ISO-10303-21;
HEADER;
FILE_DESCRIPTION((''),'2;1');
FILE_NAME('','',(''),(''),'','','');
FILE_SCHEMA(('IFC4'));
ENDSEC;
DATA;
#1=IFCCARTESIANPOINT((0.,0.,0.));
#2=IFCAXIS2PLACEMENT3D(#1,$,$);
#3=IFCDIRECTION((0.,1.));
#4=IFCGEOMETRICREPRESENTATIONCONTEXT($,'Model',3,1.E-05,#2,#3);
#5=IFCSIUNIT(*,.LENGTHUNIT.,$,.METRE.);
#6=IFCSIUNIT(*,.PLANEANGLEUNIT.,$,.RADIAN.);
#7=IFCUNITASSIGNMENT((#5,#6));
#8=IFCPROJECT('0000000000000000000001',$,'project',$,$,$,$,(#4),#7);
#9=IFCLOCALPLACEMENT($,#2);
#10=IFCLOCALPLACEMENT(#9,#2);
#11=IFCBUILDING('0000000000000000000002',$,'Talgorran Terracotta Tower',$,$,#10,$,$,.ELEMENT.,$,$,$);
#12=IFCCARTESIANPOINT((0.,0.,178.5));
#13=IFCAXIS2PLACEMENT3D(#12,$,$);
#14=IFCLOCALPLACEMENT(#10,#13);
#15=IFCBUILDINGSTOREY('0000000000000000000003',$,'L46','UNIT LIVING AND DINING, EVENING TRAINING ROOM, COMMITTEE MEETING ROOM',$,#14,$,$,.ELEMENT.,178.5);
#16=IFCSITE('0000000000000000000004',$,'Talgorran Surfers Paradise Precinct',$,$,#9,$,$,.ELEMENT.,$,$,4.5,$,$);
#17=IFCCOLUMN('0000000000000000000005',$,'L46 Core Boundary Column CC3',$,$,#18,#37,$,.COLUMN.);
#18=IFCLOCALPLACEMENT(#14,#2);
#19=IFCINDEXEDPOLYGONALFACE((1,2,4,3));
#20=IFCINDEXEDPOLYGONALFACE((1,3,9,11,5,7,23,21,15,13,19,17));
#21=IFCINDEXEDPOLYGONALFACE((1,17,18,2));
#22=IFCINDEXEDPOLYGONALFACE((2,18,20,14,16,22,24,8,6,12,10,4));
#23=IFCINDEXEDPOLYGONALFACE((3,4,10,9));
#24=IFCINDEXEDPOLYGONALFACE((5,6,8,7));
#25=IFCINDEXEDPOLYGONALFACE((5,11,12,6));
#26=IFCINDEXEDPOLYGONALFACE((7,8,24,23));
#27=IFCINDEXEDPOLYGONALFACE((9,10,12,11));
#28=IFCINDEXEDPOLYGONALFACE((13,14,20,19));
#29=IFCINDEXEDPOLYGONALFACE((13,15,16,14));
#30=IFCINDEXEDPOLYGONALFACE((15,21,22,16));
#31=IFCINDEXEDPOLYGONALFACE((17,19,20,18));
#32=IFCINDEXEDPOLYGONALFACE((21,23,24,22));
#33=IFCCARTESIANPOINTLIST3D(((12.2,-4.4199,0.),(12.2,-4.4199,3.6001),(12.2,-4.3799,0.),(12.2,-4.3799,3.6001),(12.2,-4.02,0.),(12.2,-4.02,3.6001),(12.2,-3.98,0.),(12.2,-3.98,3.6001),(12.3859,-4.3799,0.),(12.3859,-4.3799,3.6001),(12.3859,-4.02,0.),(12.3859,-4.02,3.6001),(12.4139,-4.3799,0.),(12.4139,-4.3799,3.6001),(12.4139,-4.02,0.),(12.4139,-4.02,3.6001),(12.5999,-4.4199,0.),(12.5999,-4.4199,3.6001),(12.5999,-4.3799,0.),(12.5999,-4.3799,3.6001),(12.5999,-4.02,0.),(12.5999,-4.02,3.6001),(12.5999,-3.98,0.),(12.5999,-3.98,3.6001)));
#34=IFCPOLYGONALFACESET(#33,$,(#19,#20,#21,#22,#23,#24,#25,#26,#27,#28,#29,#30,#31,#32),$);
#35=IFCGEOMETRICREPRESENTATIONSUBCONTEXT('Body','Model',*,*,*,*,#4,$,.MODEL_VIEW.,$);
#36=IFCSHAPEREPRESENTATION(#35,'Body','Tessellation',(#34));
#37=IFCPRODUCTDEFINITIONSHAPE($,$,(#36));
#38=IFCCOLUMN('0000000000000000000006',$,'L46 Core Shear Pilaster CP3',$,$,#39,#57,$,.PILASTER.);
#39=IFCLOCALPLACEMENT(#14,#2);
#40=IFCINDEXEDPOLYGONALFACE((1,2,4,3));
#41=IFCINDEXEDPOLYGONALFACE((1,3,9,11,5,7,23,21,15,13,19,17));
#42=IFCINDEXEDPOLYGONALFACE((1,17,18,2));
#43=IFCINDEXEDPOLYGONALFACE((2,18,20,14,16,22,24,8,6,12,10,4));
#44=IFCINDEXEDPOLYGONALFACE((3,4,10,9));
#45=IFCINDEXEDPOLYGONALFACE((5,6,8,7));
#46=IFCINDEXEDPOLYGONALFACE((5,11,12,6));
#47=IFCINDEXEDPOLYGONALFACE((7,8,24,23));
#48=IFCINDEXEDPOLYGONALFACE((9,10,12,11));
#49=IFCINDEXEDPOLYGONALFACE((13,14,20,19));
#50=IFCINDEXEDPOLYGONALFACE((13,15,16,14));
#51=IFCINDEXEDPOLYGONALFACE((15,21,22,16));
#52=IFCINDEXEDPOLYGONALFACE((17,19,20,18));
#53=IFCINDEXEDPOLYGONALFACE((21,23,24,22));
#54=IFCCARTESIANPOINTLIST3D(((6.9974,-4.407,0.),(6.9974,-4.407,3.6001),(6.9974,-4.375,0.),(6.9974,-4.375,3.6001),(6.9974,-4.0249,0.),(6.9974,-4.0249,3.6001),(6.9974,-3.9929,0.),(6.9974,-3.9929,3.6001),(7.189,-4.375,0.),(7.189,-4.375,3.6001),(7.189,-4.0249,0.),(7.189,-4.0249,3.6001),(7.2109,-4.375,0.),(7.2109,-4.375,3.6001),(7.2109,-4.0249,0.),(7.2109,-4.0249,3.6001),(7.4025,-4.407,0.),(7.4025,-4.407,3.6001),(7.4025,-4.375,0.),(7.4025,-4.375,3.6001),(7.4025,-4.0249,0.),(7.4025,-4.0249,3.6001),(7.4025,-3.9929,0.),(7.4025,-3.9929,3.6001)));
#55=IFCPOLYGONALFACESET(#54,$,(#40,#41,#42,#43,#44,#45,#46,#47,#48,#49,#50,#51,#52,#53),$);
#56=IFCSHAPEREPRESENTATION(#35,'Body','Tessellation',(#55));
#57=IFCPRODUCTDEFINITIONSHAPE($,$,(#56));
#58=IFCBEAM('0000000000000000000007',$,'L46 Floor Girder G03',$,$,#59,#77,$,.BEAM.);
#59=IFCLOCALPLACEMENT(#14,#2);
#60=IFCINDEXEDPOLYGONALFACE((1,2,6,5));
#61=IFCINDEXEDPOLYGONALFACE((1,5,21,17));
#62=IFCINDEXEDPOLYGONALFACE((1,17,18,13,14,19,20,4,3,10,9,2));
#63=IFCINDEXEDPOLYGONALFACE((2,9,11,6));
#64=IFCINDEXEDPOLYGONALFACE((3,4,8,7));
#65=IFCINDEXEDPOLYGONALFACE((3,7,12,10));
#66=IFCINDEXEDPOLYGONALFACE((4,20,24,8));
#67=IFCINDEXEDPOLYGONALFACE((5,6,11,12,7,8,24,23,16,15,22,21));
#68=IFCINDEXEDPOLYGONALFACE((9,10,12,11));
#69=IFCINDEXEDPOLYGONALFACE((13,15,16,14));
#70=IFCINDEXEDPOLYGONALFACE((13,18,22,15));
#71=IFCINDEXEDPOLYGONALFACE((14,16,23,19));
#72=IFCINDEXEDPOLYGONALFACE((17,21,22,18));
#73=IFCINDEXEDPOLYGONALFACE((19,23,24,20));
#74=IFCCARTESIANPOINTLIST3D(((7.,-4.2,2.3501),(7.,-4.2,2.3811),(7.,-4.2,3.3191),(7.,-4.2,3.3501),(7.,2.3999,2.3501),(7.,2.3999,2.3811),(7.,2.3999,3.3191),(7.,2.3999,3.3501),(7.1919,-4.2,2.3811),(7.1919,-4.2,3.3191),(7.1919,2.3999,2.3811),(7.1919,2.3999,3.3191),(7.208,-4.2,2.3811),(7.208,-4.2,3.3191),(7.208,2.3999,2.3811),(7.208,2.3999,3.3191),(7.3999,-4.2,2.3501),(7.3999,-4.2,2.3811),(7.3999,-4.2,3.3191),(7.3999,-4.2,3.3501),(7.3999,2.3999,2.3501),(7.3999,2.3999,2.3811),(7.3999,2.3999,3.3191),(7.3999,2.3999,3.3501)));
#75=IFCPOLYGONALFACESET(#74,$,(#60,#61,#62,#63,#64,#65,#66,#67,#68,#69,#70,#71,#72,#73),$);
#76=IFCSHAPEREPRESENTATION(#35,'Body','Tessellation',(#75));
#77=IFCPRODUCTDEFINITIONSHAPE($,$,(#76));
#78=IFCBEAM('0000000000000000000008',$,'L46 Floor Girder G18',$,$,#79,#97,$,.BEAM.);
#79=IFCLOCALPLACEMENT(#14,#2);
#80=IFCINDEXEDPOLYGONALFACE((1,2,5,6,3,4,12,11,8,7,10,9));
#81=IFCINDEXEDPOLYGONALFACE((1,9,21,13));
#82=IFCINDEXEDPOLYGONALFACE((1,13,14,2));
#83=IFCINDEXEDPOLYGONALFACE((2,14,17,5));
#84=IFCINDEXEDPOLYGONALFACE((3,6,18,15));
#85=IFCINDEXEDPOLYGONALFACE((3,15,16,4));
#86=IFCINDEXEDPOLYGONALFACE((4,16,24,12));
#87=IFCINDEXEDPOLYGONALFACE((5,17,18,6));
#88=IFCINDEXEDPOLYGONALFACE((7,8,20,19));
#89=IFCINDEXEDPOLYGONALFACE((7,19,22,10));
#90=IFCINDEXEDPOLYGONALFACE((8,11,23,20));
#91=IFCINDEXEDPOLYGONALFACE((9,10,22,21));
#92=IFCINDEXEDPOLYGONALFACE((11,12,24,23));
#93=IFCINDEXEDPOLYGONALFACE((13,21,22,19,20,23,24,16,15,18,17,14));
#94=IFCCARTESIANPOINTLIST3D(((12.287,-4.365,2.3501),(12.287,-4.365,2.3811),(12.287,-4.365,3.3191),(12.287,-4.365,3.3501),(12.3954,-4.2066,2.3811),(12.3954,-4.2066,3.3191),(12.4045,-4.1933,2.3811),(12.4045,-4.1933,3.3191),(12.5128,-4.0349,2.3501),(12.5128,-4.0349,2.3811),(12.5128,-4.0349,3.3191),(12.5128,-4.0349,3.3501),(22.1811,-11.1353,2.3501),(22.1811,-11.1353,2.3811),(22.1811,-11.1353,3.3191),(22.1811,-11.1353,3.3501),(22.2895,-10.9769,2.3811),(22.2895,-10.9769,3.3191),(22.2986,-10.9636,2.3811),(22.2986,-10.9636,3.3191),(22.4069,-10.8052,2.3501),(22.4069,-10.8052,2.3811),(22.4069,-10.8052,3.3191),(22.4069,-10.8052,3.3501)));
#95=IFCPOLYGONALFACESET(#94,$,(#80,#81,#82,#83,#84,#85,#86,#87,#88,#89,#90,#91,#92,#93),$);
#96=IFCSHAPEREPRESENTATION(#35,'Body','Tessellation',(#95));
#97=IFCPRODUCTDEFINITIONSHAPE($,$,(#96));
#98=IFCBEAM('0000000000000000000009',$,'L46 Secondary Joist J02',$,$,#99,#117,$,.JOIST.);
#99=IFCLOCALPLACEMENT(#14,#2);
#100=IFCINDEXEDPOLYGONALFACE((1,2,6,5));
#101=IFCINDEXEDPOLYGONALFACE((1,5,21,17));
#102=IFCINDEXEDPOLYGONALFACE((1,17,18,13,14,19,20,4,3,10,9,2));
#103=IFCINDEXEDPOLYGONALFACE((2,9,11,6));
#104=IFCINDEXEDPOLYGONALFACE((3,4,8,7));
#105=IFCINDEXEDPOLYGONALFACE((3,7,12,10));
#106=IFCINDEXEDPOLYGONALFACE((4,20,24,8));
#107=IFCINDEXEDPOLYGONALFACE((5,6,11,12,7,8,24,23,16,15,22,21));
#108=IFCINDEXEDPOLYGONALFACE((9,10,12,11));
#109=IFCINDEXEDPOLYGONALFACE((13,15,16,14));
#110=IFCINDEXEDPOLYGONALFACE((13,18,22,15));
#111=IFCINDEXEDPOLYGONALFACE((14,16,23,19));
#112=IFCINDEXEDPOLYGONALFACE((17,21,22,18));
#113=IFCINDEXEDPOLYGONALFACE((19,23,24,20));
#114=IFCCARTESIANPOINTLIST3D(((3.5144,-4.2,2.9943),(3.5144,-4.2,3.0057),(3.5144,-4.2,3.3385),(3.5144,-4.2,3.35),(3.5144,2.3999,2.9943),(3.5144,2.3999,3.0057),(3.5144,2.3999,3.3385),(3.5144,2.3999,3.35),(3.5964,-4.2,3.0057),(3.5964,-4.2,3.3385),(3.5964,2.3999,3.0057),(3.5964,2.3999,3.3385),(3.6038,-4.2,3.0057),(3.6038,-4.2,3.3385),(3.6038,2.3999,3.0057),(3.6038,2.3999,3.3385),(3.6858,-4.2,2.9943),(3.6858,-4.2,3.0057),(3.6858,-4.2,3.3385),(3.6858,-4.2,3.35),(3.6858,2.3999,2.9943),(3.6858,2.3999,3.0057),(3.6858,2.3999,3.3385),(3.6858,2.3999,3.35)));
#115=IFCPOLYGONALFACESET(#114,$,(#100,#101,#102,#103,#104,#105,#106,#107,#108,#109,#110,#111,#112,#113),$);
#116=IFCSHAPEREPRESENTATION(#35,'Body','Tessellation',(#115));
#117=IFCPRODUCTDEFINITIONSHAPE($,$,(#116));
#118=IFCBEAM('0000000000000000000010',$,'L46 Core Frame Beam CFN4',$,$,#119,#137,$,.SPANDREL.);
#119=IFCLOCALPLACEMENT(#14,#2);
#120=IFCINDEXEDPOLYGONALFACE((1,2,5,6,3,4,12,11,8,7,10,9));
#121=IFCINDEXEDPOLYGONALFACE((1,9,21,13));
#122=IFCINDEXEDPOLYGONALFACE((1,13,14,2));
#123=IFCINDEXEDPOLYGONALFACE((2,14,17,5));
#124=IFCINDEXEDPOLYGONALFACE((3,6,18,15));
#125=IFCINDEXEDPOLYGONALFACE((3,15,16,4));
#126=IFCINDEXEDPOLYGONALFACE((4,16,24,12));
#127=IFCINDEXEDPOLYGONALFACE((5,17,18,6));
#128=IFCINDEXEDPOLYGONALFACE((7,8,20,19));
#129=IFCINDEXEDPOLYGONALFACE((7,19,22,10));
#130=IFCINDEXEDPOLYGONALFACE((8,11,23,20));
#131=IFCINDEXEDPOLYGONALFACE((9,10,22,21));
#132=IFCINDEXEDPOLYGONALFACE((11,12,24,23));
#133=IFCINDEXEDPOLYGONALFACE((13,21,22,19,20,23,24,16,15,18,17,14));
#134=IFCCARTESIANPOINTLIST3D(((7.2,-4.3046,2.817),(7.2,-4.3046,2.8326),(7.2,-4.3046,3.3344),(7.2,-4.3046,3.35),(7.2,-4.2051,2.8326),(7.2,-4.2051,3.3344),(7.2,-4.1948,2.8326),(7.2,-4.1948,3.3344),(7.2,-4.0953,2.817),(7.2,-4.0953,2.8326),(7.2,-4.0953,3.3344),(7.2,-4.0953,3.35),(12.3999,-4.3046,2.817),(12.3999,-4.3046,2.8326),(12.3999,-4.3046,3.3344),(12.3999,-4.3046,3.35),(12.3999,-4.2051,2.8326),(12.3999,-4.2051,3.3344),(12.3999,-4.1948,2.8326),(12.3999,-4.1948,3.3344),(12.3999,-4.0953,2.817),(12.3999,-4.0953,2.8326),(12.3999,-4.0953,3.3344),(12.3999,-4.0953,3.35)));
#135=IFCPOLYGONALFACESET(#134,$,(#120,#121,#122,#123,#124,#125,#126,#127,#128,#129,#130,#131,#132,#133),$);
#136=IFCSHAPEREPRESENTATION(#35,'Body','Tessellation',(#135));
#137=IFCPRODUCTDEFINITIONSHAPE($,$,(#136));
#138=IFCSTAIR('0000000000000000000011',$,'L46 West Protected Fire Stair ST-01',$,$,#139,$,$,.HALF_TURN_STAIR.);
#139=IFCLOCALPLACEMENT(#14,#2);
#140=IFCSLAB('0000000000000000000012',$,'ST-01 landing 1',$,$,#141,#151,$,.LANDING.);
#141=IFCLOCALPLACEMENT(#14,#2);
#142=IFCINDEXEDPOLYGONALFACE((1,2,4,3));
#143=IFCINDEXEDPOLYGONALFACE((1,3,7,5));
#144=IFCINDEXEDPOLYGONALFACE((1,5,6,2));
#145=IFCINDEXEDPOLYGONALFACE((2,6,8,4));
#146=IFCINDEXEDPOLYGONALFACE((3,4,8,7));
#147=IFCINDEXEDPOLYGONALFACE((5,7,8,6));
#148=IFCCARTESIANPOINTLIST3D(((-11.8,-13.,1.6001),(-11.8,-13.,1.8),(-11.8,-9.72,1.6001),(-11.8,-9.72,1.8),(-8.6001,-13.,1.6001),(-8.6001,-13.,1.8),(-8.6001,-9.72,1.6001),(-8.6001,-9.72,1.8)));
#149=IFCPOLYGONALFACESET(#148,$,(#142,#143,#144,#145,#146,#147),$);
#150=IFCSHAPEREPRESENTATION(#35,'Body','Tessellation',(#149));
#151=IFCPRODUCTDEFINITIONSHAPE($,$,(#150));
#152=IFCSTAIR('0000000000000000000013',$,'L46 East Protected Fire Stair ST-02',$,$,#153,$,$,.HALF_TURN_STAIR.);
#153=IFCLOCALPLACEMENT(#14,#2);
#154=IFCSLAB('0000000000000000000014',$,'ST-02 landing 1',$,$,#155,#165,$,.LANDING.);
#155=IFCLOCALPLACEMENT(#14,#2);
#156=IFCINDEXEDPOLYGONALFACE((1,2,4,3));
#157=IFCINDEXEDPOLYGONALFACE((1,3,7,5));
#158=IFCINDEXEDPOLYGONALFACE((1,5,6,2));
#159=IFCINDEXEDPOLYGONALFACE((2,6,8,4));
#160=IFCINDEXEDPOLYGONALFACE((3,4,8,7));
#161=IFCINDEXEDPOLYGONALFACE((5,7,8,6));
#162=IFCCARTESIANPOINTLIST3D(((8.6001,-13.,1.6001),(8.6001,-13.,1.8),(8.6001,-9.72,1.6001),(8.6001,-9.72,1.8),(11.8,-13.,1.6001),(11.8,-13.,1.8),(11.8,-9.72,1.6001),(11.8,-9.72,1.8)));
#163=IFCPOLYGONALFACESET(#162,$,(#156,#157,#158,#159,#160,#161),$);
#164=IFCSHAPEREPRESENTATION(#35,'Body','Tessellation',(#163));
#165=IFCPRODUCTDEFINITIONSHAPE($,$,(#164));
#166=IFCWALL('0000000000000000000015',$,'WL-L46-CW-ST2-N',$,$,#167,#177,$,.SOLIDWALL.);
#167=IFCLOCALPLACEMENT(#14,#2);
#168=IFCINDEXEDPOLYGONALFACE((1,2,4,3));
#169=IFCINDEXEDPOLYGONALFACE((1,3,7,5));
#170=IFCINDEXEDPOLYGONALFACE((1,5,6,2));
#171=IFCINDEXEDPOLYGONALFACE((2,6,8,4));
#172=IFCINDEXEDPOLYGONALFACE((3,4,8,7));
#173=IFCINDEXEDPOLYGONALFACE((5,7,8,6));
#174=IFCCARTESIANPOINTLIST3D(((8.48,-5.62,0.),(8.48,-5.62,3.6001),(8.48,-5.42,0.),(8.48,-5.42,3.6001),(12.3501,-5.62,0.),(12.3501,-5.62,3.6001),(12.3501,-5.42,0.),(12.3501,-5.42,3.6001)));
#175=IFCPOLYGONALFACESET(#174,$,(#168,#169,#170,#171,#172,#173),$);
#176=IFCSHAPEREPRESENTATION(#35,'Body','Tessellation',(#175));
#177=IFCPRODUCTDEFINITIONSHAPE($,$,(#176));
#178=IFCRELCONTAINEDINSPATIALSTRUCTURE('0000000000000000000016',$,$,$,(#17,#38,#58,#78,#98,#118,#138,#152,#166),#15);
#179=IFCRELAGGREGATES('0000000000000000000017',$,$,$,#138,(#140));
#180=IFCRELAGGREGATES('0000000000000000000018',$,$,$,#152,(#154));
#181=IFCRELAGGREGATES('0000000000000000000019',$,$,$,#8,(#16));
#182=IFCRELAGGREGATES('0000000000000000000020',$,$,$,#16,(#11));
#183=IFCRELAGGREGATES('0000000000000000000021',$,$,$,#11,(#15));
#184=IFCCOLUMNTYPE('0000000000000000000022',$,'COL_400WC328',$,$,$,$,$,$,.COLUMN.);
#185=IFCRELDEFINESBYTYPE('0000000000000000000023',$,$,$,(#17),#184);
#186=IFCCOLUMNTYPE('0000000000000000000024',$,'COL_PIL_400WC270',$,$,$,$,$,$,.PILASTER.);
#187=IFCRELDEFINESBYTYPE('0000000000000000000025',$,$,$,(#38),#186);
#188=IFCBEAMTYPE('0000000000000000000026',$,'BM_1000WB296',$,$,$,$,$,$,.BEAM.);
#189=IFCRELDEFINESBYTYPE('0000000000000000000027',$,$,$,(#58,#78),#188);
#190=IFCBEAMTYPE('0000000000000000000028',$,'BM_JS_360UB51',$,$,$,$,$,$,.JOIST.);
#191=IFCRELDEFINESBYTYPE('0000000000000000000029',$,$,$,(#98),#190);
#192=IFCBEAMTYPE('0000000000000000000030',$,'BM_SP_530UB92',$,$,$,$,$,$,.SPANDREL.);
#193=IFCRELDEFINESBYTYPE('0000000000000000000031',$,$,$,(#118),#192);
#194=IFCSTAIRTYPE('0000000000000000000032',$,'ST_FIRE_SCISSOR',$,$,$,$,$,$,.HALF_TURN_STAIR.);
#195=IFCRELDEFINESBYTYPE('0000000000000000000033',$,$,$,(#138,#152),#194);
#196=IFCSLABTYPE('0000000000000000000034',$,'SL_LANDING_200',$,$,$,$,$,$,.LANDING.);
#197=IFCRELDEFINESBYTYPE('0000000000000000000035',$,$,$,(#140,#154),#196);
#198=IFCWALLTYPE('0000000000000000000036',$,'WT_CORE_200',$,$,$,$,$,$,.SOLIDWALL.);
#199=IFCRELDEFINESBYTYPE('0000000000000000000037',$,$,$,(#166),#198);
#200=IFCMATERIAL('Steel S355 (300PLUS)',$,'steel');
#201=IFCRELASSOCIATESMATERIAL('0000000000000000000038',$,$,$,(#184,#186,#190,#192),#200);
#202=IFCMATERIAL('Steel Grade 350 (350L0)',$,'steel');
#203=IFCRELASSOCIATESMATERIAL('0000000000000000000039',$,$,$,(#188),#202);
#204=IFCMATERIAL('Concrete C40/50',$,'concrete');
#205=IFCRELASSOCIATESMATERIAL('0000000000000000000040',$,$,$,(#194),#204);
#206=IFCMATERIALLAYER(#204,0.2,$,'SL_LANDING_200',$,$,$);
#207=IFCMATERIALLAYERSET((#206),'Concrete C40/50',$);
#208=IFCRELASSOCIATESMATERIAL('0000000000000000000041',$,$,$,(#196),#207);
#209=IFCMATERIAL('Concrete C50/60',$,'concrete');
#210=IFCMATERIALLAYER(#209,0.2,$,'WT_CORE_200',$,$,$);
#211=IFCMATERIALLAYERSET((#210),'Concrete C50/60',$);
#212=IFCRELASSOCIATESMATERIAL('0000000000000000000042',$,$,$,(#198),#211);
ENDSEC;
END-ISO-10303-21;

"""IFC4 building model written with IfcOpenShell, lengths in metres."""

from ifc_helpers import new_model, si_unit, direction, frame, frame_2d, origin, origin_2d, place, context, subcontext, project, spatial, polyline, rectangle, i_section, outline, extrude, material, layer, layer_set, material_profile, profile_set, type_object, element, aggregate, save


model = new_model("IFC4")

# Units and contexts
model_context = context("Model", 3, precision=1e-05, world=origin(), true_north=direction((0.0, 1.0)))
body_context = subcontext(model_context, "Body", "Model", "MODEL_VIEW")
ifc_project = project(units=[si_unit("LENGTHUNIT", "METRE"), si_unit("PLANEANGLEUNIT", "RADIAN")], contexts=[model_context])

# Site, building, storey
site_placement = place(None, origin())
site = spatial("IfcSite", under=ifc_project, at=site_placement, Name="Talgorran Surfers Paradise Precinct", CompositionType="ELEMENT", RefElevation=4.5)
building_placement = place(site_placement, origin())
building = spatial("IfcBuilding", under=site, at=building_placement, Name="Talgorran Terracotta Tower", CompositionType="ELEMENT")
storey_placement = place(building_placement, frame((0.0, 0.0, 178.5)))
storey = spatial("IfcBuildingStorey", under=building, at=storey_placement, Name="L46", Description="UNIT LIVING AND DINING, EVENING TRAINING ROOM, COMMITTEE MEETING ROOM", CompositionType="ELEMENT", Elevation=178.5)

# Columns
ifc_material_1 = material(Name="Steel S355 (300PLUS)", Category="steel")
ifc_material_profile_1 = material_profile(ifc_material_1, i_section(OverallWidth=0.3999, OverallDepth=0.4399, WebThickness=0.0281, FlangeThickness=0.04, at=origin_2d()), Name="400WC328")
ifc_profile_set_1 = profile_set([ifc_material_profile_1], Name="Steel S355 (300PLUS)")
column_type_1 = type_object("IfcColumnType", Name="COL_400WC328", PredefinedType="COLUMN", material=ifc_profile_set_1)
column_1_placement = place(storey_placement, frame((12.3999, -4.2, 0.0), z_axis=(0.0, 0.0, 1.0), x_axis=(1.0, 0.0, 0.0)))
element("IfcColumn", 1, at=column_1_placement, inside=storey, type_object=column_type_1, Name="L46 Core Boundary Column CC3", PredefinedType="COLUMN", context=body_context, shape_type="SweptSolid", body=[
    extrude(i_section(OverallWidth=0.3999, OverallDepth=0.4399, WebThickness=0.0281, FlangeThickness=0.04, at=origin_2d()), origin(), (0.0, 0.0, 1.0), 3.6001),
])
ifc_material_profile_2 = material_profile(ifc_material_1, i_section(OverallWidth=0.405, OverallDepth=0.4141, WebThickness=0.022, FlangeThickness=0.032, at=origin_2d()), Name="400WC270")
ifc_profile_set_2 = profile_set([ifc_material_profile_2], Name="Steel S355 (300PLUS)")
column_type_2 = type_object("IfcColumnType", Name="COL_PIL_400WC270", PredefinedType="PILASTER", material=ifc_profile_set_2)
column_2_placement = place(storey_placement, frame((7.2, -4.2, 0.0), z_axis=(0.0, 0.0, 1.0), x_axis=(1.0, 0.0, 0.0)))
element("IfcColumn", 2, at=column_2_placement, inside=storey, type_object=column_type_2, Name="L46 Core Shear Pilaster CP3", PredefinedType="PILASTER", context=body_context, shape_type="SweptSolid", body=[
    extrude(i_section(OverallWidth=0.405, OverallDepth=0.4141, WebThickness=0.022, FlangeThickness=0.032, at=origin_2d()), origin(), (0.0, 0.0, 1.0), 3.6001),
])

# Beams
ifc_material_2 = material(Name="Steel Grade 350 (350L0)", Category="steel")
ifc_material_profile_3 = material_profile(ifc_material_2, i_section(OverallWidth=0.3999, OverallDepth=1.0, WebThickness=0.0161, FlangeThickness=0.031, at=origin_2d()), Name="1000WB296")
ifc_profile_set_3 = profile_set([ifc_material_profile_3], Name="Steel Grade 350 (350L0)")
beam_type_1 = type_object("IfcBeamType", Name="BM_1000WB296", PredefinedType="BEAM", material=ifc_profile_set_3)
beam_1_placement = place(storey_placement, frame((7.2, -4.2, 2.8501), z_axis=(0.0, 1.0, 0.0), x_axis=(-1.0, 0.0, 0.0)))
element("IfcBeam", 3, at=beam_1_placement, inside=storey, type_object=beam_type_1, Name="L46 Floor Girder G03", PredefinedType="BEAM", context=body_context, shape_type="SweptSolid", body=[
    extrude(i_section(OverallWidth=0.3999, OverallDepth=1.0, WebThickness=0.0161, FlangeThickness=0.031, at=origin_2d()), origin(), (0.0, 0.0, 1.0), 6.5999),
])
beam_2_placement = place(storey_placement, frame((12.3999, -4.2, 2.8501), z_axis=(0.825282, -0.564721, 0.0), x_axis=(0.564721, 0.825282, 0.0)))
element("IfcBeam", 4, at=beam_2_placement, inside=storey, type_object=beam_type_1, Name="L46 Floor Girder G18", PredefinedType="BEAM", context=body_context, shape_type="SweptSolid", body=[
    extrude(i_section(OverallWidth=0.3999, OverallDepth=1.0, WebThickness=0.0161, FlangeThickness=0.031, at=origin_2d()), origin(), (0.0, 0.0, 1.0), 11.9888),
])
ifc_material_profile_4 = material_profile(ifc_material_1, i_section(OverallWidth=0.1714, OverallDepth=0.3557, WebThickness=0.0073, FlangeThickness=0.0115, at=origin_2d()), Name="360UB50.7")
ifc_profile_set_4 = profile_set([ifc_material_profile_4], Name="Steel S355 (300PLUS)")
beam_type_2 = type_object("IfcBeamType", Name="BM_JS_360UB51", PredefinedType="JOIST", material=ifc_profile_set_4)
beam_3_placement = place(storey_placement, frame((3.6001, -4.2, 3.1721), z_axis=(0.0, 1.0, 0.0), x_axis=(-1.0, 0.0, 0.0)))
element("IfcBeam", 5, at=beam_3_placement, inside=storey, type_object=beam_type_2, Name="L46 Secondary Joist J02", PredefinedType="JOIST", context=body_context, shape_type="SweptSolid", body=[
    extrude(i_section(OverallWidth=0.1714, OverallDepth=0.3557, WebThickness=0.0073, FlangeThickness=0.0115, at=origin_2d()), origin(), (0.0, 0.0, 1.0), 6.5999),
])
ifc_material_profile_5 = material_profile(ifc_material_1, i_section(OverallWidth=0.2092, OverallDepth=0.533, WebThickness=0.0103, FlangeThickness=0.0156, at=origin_2d()), Name="530UB92.4")
ifc_profile_set_5 = profile_set([ifc_material_profile_5], Name="Steel S355 (300PLUS)")
beam_type_3 = type_object("IfcBeamType", Name="BM_SP_530UB92", PredefinedType="SPANDREL", material=ifc_profile_set_5)
beam_4_placement = place(storey_placement, frame((7.2, -4.2, 3.0835), z_axis=(1.0, 0.0, 0.0), x_axis=(0.0, 1.0, 0.0)))
element("IfcBeam", 6, at=beam_4_placement, inside=storey, type_object=beam_type_3, Name="L46 Core Frame Beam CFN4", PredefinedType="SPANDREL", context=body_context, shape_type="SweptSolid", body=[
    extrude(i_section(OverallWidth=0.2092, OverallDepth=0.533, WebThickness=0.0103, FlangeThickness=0.0156, at=origin_2d()), origin(), (0.0, 0.0, 1.0), 5.2),
])

# Stairs, slabs
ifc_material_3 = material(Name="Concrete C40/50", Category="concrete")
stair_type = type_object("IfcStairType", Name="ST_FIRE_SCISSOR", PredefinedType="HALF_TURN_STAIR", material=ifc_material_3)
stair_1_placement = place(storey_placement, origin())
stair_1 = element("IfcStair", 7, at=stair_1_placement, inside=storey, type_object=stair_type, Name="L46 West Protected Fire Stair ST-01", PredefinedType="HALF_TURN_STAIR")
ifc_layer_1 = layer(ifc_material_3, 0.2, Name="SL_LANDING_200")
ifc_layer_set_1 = layer_set([ifc_layer_1], Name="Concrete C40/50")
slab_type = type_object("IfcSlabType", Name="SL_LANDING_200", PredefinedType="LANDING", material=ifc_layer_set_1)
slab_1_placement = place(storey_placement, frame((0.0, 0.0, 1.6001)))
slab_1 = element("IfcSlab", 8, at=slab_1_placement, type_object=slab_type, Name="ST-01 landing 1", PredefinedType="LANDING", context=body_context, shape_type="SweptSolid", body=[
    extrude(outline(polyline([(-11.8, -9.72), (-11.8, -13.0), (-8.6001, -13.0), (-8.6001, -9.72), (-11.8, -9.72)])), origin(), (0.0, 0.0, 1.0), 0.2),
])
aggregate(stair_1, [slab_1])
stair_2_placement = place(storey_placement, origin())
stair_2 = element("IfcStair", 9, at=stair_2_placement, inside=storey, type_object=stair_type, Name="L46 East Protected Fire Stair ST-02", PredefinedType="HALF_TURN_STAIR")
slab_2_placement = place(storey_placement, frame((0.0, 0.0, 1.6001)))
slab_2 = element("IfcSlab", 10, at=slab_2_placement, type_object=slab_type, Name="ST-02 landing 1", PredefinedType="LANDING", context=body_context, shape_type="SweptSolid", body=[
    extrude(outline(polyline([(8.6001, -9.72), (8.6001, -13.0), (11.8, -13.0), (11.8, -9.72), (8.6001, -9.72)])), origin(), (0.0, 0.0, 1.0), 0.2),
])

# Wall
ifc_material_4 = material(Name="Concrete C50/60", Category="concrete")
ifc_layer_2 = layer(ifc_material_4, 0.2, Name="WT_CORE_200")
ifc_layer_set_2 = layer_set([ifc_layer_2], Name="Concrete C50/60")
wall_type_1 = type_object("IfcWallType", Name="WT_CORE_200", PredefinedType="SOLIDWALL", material=ifc_layer_set_2)
wall_1_placement = place(storey_placement, frame((8.48, -5.52, 0.0), z_axis=(0.0, 0.0, 1.0), x_axis=(1.0, 0.0, 0.0)))
element("IfcWall", 11, at=wall_1_placement, inside=storey, type_object=wall_type_1, Name="WL-L46-CW-ST2-N", PredefinedType="SOLIDWALL", context=body_context, shape_type="SweptSolid", body=[
    extrude(rectangle(XDim=3.8701, YDim=0.2, at=frame_2d((1.9351, 0.0))), origin(), (0.0, 0.0, 1.0), 3.6001),
])

aggregate(stair_2, [slab_2])

save(model, "model.ifc")
